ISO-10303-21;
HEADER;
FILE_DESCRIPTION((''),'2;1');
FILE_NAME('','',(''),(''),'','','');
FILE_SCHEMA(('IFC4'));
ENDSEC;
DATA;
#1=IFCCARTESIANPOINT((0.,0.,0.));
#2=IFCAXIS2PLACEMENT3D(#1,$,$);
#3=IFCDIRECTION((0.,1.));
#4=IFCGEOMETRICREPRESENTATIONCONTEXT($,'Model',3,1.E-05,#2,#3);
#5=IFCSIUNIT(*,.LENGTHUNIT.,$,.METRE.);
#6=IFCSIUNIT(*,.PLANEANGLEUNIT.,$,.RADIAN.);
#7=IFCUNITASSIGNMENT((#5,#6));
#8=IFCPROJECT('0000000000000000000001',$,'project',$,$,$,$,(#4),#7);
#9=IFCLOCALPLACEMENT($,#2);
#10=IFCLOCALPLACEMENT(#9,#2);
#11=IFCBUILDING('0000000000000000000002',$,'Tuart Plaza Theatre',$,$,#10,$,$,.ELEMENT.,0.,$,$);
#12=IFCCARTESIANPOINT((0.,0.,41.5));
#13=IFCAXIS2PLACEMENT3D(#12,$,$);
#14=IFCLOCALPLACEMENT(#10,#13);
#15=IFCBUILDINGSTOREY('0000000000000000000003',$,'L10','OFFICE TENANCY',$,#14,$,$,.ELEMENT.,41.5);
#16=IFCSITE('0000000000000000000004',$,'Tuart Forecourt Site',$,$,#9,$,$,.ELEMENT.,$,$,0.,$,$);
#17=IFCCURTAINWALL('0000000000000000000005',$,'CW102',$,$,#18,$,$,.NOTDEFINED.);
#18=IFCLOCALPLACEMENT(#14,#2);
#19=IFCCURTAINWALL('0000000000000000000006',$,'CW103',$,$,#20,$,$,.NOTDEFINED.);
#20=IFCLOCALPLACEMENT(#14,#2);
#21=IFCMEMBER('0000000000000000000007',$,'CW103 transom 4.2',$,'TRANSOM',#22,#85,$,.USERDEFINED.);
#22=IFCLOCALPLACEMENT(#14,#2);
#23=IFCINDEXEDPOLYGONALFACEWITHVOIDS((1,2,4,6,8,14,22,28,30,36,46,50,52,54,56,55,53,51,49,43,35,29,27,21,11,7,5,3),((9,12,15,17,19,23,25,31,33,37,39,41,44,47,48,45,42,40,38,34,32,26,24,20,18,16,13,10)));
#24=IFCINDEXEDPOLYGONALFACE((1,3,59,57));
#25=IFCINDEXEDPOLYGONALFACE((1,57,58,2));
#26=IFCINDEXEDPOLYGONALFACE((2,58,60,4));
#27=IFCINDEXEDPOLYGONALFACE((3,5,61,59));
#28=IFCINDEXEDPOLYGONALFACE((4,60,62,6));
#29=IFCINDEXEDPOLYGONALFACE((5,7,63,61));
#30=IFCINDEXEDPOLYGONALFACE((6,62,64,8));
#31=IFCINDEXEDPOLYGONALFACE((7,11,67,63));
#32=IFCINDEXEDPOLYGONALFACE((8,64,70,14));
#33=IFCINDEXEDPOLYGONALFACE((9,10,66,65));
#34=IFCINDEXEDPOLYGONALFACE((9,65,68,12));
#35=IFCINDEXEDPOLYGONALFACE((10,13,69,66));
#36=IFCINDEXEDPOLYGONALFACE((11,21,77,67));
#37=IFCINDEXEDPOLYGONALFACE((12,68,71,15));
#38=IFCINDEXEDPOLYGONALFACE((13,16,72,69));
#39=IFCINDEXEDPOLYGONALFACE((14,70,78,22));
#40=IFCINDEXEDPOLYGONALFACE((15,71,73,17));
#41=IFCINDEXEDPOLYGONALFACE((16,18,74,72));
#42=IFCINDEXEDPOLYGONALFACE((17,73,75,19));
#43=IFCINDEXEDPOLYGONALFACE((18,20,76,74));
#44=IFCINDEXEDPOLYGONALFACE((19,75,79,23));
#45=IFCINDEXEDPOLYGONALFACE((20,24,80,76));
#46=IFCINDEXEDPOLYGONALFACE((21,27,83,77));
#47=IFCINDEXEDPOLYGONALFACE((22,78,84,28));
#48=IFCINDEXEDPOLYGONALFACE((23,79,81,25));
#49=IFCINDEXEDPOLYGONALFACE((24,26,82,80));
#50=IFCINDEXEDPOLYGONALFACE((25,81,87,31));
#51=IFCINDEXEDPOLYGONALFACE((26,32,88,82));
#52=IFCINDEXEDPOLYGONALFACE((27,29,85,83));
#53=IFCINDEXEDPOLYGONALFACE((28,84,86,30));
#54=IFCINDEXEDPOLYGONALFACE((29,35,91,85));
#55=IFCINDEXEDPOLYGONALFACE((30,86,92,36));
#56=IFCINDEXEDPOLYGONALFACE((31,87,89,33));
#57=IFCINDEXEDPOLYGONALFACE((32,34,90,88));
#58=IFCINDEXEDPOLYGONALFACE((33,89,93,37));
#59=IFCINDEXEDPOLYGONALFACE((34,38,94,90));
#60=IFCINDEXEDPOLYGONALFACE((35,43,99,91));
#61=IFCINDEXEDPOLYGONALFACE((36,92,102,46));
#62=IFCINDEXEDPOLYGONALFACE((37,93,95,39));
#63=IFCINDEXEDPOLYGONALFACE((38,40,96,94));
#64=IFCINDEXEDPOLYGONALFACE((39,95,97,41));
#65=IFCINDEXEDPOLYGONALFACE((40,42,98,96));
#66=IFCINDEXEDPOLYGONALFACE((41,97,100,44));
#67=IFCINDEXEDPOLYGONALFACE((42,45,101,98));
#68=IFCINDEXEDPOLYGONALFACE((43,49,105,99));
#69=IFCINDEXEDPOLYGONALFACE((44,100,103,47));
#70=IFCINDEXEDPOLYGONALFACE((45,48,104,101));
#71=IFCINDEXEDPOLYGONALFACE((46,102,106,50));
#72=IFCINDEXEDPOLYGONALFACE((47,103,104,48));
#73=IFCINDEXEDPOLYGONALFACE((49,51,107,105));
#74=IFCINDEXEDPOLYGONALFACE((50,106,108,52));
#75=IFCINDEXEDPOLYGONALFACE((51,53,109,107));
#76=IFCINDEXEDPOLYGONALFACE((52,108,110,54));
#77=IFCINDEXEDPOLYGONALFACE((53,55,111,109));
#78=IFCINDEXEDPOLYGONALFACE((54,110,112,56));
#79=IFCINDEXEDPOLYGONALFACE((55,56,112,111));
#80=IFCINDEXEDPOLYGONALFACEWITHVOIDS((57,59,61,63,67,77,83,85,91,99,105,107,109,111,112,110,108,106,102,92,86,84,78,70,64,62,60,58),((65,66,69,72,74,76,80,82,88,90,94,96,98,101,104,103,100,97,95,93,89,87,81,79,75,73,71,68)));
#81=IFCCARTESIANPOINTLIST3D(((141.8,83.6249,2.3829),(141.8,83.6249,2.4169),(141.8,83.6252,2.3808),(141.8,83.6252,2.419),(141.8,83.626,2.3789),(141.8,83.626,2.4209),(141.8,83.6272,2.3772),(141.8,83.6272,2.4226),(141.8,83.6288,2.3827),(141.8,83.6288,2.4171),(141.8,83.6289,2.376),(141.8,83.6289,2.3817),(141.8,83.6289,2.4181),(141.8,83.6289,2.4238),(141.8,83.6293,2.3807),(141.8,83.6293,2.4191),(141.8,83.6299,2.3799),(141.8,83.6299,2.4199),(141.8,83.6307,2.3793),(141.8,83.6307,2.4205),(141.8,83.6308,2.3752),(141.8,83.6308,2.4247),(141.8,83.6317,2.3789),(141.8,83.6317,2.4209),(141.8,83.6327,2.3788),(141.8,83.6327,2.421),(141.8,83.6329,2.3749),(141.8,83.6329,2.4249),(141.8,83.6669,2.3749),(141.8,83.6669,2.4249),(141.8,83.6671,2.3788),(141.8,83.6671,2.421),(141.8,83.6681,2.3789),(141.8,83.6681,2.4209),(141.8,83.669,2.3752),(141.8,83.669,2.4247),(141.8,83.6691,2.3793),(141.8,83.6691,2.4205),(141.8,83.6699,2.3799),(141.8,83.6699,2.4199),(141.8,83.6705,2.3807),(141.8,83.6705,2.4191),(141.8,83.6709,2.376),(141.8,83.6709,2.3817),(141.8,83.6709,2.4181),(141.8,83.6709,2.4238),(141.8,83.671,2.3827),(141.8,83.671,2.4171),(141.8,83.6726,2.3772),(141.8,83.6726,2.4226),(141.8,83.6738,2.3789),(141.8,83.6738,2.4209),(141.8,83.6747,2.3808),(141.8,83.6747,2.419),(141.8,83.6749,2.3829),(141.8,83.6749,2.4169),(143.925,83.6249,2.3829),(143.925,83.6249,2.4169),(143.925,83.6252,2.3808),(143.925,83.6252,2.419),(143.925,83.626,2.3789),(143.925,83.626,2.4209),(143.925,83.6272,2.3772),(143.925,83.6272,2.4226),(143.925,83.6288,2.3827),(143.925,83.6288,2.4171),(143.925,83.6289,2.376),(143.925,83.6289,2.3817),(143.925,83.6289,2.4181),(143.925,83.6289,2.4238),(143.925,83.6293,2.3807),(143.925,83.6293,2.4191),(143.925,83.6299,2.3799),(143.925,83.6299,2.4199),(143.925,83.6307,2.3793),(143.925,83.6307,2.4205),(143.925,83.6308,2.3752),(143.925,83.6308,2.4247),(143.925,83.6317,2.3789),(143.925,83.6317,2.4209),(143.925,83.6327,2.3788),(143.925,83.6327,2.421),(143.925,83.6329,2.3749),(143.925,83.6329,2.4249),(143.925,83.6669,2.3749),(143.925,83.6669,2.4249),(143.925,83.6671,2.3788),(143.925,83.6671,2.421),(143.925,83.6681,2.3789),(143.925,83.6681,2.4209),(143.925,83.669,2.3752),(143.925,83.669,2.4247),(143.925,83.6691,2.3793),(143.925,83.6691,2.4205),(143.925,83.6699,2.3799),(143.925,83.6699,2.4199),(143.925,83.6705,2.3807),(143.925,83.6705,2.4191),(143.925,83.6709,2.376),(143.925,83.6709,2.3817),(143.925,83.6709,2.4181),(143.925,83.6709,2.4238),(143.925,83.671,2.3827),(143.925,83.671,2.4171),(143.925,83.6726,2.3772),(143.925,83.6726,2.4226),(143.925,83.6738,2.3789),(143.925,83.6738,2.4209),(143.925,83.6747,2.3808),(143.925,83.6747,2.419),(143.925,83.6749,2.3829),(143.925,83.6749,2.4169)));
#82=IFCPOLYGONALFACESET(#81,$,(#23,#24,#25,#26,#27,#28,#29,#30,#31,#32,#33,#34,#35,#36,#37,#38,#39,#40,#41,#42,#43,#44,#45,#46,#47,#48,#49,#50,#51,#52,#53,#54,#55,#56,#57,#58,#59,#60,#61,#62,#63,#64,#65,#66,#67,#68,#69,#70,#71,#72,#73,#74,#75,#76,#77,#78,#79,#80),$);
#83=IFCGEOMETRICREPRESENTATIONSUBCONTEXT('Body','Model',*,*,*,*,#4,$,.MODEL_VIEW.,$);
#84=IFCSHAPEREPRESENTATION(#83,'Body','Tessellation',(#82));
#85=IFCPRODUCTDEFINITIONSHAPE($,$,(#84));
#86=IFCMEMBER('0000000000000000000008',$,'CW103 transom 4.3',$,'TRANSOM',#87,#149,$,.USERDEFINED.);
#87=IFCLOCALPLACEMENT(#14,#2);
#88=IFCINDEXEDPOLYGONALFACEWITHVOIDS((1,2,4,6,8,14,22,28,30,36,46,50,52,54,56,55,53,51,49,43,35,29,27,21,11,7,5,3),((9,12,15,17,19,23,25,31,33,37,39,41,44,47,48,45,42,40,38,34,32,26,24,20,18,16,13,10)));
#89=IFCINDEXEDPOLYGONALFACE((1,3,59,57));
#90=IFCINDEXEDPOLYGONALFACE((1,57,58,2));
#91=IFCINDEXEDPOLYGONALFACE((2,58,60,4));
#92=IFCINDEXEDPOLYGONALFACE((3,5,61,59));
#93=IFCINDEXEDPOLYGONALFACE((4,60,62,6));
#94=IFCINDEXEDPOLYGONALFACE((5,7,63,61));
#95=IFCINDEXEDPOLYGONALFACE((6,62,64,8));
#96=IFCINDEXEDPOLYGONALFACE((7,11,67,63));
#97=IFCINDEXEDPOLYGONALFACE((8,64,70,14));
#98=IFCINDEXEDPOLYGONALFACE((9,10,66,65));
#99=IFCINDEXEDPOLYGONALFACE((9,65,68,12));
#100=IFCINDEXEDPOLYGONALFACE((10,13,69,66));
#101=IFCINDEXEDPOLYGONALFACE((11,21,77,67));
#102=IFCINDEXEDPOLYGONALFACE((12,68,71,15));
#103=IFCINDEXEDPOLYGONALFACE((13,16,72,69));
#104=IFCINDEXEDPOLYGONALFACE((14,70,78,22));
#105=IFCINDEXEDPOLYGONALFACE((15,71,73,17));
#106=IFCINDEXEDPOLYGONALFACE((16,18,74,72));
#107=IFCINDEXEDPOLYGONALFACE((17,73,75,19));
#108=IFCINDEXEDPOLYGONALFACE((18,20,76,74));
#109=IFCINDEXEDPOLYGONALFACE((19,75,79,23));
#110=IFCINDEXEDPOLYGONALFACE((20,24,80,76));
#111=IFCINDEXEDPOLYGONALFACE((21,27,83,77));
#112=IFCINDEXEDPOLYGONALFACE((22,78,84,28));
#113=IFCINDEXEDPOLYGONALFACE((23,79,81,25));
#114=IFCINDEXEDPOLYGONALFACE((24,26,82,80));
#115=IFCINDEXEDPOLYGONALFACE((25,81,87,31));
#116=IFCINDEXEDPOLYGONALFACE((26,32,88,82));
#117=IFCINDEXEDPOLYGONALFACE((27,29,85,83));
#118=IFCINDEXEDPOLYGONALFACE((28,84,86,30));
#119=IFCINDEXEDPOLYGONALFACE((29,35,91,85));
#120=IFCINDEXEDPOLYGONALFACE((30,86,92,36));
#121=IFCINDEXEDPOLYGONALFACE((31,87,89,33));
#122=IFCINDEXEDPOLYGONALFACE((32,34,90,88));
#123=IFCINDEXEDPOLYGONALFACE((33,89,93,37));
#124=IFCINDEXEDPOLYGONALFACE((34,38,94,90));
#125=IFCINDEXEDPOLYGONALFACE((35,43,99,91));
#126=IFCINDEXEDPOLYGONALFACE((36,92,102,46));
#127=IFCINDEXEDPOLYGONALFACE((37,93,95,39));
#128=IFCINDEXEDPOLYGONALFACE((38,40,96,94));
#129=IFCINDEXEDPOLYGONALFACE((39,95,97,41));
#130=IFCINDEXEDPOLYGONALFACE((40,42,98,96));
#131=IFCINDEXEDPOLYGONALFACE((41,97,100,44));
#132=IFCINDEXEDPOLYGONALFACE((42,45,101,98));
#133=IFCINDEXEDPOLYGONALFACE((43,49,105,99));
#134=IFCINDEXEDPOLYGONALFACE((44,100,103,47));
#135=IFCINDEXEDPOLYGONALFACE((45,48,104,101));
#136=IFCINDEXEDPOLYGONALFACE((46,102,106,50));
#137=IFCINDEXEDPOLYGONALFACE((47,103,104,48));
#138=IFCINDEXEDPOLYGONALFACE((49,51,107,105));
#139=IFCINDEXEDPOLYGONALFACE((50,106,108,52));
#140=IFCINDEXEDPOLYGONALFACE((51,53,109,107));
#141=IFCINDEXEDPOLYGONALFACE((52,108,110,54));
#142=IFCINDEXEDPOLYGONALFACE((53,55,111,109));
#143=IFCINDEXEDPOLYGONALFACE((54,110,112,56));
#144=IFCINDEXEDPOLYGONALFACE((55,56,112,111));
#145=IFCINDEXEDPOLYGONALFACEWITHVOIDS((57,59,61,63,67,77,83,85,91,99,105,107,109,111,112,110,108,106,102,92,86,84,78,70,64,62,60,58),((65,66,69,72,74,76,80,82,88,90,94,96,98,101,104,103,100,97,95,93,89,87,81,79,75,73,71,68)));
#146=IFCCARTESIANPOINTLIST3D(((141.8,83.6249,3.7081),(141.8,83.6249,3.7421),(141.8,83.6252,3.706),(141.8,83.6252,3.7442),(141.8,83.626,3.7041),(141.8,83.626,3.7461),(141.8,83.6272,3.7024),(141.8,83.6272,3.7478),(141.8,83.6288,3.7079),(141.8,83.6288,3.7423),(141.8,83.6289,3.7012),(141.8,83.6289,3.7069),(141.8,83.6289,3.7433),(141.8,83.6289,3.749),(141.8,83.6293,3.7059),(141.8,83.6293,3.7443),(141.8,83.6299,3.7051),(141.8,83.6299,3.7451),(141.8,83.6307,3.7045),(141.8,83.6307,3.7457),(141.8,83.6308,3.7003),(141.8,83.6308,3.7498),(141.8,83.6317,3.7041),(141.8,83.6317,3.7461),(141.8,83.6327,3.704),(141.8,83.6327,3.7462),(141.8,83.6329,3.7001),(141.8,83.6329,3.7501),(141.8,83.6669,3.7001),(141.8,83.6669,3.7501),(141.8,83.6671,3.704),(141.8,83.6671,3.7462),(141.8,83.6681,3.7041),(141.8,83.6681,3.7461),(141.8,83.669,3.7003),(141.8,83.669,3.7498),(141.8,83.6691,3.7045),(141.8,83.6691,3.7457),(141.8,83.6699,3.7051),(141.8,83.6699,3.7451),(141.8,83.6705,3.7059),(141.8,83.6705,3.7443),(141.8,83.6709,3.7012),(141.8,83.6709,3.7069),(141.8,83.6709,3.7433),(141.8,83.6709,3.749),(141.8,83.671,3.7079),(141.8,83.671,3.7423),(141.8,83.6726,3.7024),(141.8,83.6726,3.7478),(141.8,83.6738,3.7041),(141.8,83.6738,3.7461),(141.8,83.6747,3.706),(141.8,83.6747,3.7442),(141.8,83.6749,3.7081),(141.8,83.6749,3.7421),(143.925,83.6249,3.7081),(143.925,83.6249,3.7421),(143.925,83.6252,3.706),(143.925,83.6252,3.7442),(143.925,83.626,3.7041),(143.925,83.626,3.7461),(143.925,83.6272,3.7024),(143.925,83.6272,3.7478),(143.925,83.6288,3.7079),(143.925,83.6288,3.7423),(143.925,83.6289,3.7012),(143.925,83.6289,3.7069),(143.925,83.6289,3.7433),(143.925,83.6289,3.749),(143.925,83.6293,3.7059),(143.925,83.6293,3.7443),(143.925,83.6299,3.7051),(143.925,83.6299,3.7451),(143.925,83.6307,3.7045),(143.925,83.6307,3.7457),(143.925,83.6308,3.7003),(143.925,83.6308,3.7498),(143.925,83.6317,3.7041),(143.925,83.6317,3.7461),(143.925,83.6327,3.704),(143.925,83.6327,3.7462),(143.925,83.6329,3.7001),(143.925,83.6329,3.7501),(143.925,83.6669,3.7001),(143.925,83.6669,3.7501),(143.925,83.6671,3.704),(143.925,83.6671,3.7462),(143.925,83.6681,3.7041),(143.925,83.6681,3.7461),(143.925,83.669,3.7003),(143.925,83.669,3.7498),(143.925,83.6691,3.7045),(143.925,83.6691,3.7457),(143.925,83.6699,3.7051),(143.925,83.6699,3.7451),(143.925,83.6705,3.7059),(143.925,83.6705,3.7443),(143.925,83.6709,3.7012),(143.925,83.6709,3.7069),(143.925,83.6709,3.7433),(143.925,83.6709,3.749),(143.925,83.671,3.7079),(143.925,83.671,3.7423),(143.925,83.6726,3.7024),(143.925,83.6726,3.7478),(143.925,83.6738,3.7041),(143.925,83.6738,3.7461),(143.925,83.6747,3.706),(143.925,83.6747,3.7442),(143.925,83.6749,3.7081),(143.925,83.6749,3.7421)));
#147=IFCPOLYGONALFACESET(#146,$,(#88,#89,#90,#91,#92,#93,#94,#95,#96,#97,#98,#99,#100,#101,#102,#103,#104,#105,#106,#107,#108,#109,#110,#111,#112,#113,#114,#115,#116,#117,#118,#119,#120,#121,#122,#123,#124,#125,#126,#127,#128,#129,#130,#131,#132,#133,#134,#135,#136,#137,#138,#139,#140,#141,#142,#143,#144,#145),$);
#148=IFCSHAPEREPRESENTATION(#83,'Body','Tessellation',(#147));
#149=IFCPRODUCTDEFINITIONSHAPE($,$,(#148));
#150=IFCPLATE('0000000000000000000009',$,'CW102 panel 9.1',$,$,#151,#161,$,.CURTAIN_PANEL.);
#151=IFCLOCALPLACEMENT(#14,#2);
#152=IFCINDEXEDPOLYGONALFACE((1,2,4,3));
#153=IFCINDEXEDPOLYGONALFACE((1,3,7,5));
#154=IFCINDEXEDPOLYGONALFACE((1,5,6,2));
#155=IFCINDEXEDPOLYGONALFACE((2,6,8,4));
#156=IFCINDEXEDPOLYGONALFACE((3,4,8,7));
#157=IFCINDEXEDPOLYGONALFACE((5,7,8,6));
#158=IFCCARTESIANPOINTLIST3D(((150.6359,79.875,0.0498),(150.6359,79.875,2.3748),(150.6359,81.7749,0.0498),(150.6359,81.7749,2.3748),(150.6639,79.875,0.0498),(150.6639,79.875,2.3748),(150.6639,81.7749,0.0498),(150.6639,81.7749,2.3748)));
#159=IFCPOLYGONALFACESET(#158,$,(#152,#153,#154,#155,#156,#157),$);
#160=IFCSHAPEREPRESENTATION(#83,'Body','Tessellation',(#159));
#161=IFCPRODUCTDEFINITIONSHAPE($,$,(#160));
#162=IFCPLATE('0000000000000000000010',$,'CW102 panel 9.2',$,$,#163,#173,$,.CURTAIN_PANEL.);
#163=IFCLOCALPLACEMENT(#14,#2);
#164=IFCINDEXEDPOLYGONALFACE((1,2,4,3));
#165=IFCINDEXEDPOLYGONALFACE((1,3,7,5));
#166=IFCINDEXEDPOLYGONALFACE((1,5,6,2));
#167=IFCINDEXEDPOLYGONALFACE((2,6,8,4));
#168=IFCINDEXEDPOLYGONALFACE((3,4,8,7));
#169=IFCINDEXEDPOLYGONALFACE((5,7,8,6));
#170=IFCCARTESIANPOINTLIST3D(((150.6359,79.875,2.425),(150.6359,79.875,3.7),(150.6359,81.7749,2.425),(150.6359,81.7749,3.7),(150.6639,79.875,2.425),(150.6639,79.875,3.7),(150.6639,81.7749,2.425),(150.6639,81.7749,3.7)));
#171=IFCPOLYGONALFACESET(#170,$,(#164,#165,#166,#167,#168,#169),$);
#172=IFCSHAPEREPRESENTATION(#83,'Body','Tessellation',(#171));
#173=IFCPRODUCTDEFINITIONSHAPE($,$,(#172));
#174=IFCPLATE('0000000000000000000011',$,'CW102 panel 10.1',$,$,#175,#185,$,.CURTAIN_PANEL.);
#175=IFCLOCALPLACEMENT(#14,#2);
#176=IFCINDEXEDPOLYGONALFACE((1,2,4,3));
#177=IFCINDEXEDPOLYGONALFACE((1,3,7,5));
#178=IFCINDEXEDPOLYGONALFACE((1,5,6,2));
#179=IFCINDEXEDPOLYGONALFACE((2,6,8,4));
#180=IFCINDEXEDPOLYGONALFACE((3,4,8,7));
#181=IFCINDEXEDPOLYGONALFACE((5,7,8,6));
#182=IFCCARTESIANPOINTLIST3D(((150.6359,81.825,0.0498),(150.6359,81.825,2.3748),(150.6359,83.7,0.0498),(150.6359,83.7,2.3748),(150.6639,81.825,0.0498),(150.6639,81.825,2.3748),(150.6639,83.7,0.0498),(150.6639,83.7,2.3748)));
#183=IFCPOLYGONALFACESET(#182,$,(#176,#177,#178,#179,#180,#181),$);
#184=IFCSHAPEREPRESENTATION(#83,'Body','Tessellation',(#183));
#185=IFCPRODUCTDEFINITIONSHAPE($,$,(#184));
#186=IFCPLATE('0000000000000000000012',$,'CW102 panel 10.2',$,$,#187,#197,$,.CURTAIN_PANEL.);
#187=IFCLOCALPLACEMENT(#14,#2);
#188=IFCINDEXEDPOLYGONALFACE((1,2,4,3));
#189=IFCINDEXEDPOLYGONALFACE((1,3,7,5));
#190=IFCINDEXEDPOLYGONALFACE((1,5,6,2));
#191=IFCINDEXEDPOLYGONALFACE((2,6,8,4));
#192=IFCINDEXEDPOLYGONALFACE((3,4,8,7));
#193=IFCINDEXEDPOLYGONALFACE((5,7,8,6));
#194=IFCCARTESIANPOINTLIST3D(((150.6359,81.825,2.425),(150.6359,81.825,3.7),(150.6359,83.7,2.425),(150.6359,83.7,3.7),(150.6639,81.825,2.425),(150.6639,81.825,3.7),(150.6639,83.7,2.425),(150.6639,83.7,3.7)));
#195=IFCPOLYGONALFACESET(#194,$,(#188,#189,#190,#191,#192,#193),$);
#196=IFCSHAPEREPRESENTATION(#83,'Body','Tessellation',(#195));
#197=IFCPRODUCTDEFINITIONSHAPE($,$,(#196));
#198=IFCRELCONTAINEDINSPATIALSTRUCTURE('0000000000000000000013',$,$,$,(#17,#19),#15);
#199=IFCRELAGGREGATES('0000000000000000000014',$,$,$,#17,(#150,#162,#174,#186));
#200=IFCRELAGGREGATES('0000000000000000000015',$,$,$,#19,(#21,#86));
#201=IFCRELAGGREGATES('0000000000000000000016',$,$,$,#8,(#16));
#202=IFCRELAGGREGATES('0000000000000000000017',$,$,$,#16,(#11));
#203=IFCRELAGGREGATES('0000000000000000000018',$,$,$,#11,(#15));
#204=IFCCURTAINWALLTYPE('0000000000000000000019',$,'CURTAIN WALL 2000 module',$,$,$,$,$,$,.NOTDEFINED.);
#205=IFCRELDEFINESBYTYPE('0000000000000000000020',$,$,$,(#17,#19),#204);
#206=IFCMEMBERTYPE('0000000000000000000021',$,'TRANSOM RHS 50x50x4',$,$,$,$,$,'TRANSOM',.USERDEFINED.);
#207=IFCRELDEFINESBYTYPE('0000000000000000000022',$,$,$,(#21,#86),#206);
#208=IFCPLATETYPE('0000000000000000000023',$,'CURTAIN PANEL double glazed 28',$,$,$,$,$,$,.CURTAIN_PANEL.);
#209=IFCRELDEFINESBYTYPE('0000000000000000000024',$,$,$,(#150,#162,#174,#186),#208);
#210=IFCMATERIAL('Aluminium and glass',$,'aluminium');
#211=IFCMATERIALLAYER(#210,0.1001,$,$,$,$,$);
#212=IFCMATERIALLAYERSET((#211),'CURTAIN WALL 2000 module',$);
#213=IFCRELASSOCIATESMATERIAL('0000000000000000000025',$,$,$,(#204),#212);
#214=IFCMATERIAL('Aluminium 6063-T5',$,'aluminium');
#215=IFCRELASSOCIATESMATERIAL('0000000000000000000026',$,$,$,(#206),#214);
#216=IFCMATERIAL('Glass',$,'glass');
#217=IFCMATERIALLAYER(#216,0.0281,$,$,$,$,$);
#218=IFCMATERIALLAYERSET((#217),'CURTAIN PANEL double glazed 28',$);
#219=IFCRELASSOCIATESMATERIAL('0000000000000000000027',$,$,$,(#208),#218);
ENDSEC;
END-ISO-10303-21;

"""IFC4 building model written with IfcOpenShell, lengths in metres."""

from ifc_helpers import new_model, si_unit, direction, frame, origin, origin_2d, place, context, subcontext, project, spatial, rectangle, hollow_rectangle, extrude, material, layer, layer_set, material_profile, profile_set, type_object, element, aggregate, save


model = new_model("IFC4")

# Units and contexts
model_context = context("Model", 3, precision=1e-05, world=origin(), true_north=direction((0.0, 1.0)))
body_context = subcontext(model_context, "Body", "Model", "MODEL_VIEW")
ifc_project = project(units=[si_unit("LENGTHUNIT", "METRE"), si_unit("PLANEANGLEUNIT", "RADIAN")], contexts=[model_context])

# Site, building, storey
site_placement = place(None, origin())
site = spatial("IfcSite", under=ifc_project, at=site_placement, Name="Tuart Forecourt Site", CompositionType="ELEMENT", RefElevation=0.0)
building_placement = place(site_placement, origin())
building = spatial("IfcBuilding", under=site, at=building_placement, Name="Tuart Plaza Theatre", CompositionType="ELEMENT", ElevationOfRefHeight=0.0)
storey_placement = place(building_placement, frame((0.0, 0.0, 41.5)))
storey = spatial("IfcBuildingStorey", under=building, at=storey_placement, Name="L10", Description="OFFICE TENANCY", CompositionType="ELEMENT", Elevation=41.5)

# Curtain wall
ifc_material_1 = material(Name="Aluminium and glass", Category="aluminium")
ifc_layer_1 = layer(ifc_material_1, 0.1001)
ifc_layer_set_1 = layer_set([ifc_layer_1], Name="CURTAIN WALL 2000 module")
curtain_wall_type = type_object("IfcCurtainWallType", Name="CURTAIN WALL 2000 module", PredefinedType="NOTDEFINED", material=ifc_layer_set_1)
curtain_wall_1_placement = place(storey_placement, origin())
curtain_wall_1 = element("IfcCurtainWall", 1, at=curtain_wall_1_placement, inside=storey, type_object=curtain_wall_type, Name="CW102", PredefinedType="NOTDEFINED")

# Curtain wall
curtain_wall_2_placement = place(storey_placement, origin())
curtain_wall_2 = element("IfcCurtainWall", 2, at=curtain_wall_2_placement, inside=storey, type_object=curtain_wall_type, Name="CW103", PredefinedType="NOTDEFINED")

# Members
ifc_material_2 = material(Name="Aluminium 6063-T5", Category="aluminium")
ifc_material_profile_1 = material_profile(ifc_material_2, hollow_rectangle(XDim=0.05, YDim=0.05, WallThickness=0.0039, InnerFilletRadius=0.0039, OuterFilletRadius=0.0081, at=origin_2d()), Name="RHS 50x50x4")
ifc_profile_set_1 = profile_set([ifc_material_profile_1], Name="Aluminium 6063-T5")
member_type_1 = type_object("IfcMemberType", Name="TRANSOM RHS 50x50x4", ElementType="TRANSOM", PredefinedType="USERDEFINED", material=ifc_profile_set_1)
member_1_placement = place(storey_placement, frame((143.925, 83.6499, 2.3999), z_axis=(-1.0, 0.0, 0.0), x_axis=(0.0, -1.0, 0.0)))
member_1 = element("IfcMember", 3, at=member_1_placement, type_object=member_type_1, Name="CW103 transom 4.2", ObjectType="TRANSOM", PredefinedType="USERDEFINED", context=body_context, shape_type="SweptSolid", body=[
    extrude(hollow_rectangle(XDim=0.05, YDim=0.05, WallThickness=0.0039, InnerFilletRadius=0.0039, OuterFilletRadius=0.0081, at=origin_2d()), origin(), (0.0, 0.0, 1.0), 2.125),
])
member_2_placement = place(storey_placement, frame((143.925, 83.6499, 3.7251), z_axis=(-1.0, 0.0, 0.0), x_axis=(0.0, -1.0, 0.0)))
member_2 = element("IfcMember", 4, at=member_2_placement, type_object=member_type_1, Name="CW103 transom 4.3", ObjectType="TRANSOM", PredefinedType="USERDEFINED", context=body_context, shape_type="SweptSolid", body=[
    extrude(hollow_rectangle(XDim=0.05, YDim=0.05, WallThickness=0.0039, InnerFilletRadius=0.0039, OuterFilletRadius=0.0081, at=origin_2d()), origin(), (0.0, 0.0, 1.0), 2.125),
])

# Plates
ifc_material_3 = material(Name="Glass", Category="glass")
ifc_layer_2 = layer(ifc_material_3, 0.0281)
ifc_layer_set_2 = layer_set([ifc_layer_2], Name="CURTAIN PANEL double glazed 28")
plate_type = type_object("IfcPlateType", Name="CURTAIN PANEL double glazed 28", PredefinedType="CURTAIN_PANEL", material=ifc_layer_set_2)
plate_1_placement = place(storey_placement, frame((150.6499, 80.825, 0.0498), z_axis=(0.0, 0.0, 1.0), x_axis=(0.0, 1.0, 0.0)))
plate_1 = element("IfcPlate", 5, at=plate_1_placement, type_object=plate_type, Name="CW102 panel 9.1", PredefinedType="CURTAIN_PANEL", context=body_context, shape_type="SweptSolid", body=[
    extrude(rectangle(XDim=1.8999, YDim=0.0281, at=origin_2d()), origin(), (0.0, 0.0, 1.0), 2.325),
])
plate_2_placement = place(storey_placement, frame((150.6499, 80.825, 2.425), z_axis=(0.0, 0.0, 1.0), x_axis=(0.0, 1.0, 0.0)))
plate_2 = element("IfcPlate", 6, at=plate_2_placement, type_object=plate_type, Name="CW102 panel 9.2", PredefinedType="CURTAIN_PANEL", context=body_context, shape_type="SweptSolid", body=[
    extrude(rectangle(XDim=1.8999, YDim=0.0281, at=origin_2d()), origin(), (0.0, 0.0, 1.0), 1.2749),
])
plate_3_placement = place(storey_placement, frame((150.6499, 82.7625, 0.0498), z_axis=(0.0, 0.0, 1.0), x_axis=(0.0, 1.0, 0.0)))
plate_3 = element("IfcPlate", 7, at=plate_3_placement, type_object=plate_type, Name="CW102 panel 10.1", PredefinedType="CURTAIN_PANEL", context=body_context, shape_type="SweptSolid", body=[
    extrude(rectangle(XDim=1.875, YDim=0.0281, at=origin_2d()), origin(), (0.0, 0.0, 1.0), 2.325),
])
plate_4_placement = place(storey_placement, frame((150.6499, 82.7625, 2.425), z_axis=(0.0, 0.0, 1.0), x_axis=(0.0, 1.0, 0.0)))
plate_4 = element("IfcPlate", 8, at=plate_4_placement, type_object=plate_type, Name="CW102 panel 10.2", PredefinedType="CURTAIN_PANEL", context=body_context, shape_type="SweptSolid", body=[
    extrude(rectangle(XDim=1.875, YDim=0.0281, at=origin_2d()), origin(), (0.0, 0.0, 1.0), 1.2749),
])
aggregate(curtain_wall_1, [plate_1, plate_2, plate_3, plate_4])
aggregate(curtain_wall_2, [member_1, member_2])

save(model, "model.ifc")
